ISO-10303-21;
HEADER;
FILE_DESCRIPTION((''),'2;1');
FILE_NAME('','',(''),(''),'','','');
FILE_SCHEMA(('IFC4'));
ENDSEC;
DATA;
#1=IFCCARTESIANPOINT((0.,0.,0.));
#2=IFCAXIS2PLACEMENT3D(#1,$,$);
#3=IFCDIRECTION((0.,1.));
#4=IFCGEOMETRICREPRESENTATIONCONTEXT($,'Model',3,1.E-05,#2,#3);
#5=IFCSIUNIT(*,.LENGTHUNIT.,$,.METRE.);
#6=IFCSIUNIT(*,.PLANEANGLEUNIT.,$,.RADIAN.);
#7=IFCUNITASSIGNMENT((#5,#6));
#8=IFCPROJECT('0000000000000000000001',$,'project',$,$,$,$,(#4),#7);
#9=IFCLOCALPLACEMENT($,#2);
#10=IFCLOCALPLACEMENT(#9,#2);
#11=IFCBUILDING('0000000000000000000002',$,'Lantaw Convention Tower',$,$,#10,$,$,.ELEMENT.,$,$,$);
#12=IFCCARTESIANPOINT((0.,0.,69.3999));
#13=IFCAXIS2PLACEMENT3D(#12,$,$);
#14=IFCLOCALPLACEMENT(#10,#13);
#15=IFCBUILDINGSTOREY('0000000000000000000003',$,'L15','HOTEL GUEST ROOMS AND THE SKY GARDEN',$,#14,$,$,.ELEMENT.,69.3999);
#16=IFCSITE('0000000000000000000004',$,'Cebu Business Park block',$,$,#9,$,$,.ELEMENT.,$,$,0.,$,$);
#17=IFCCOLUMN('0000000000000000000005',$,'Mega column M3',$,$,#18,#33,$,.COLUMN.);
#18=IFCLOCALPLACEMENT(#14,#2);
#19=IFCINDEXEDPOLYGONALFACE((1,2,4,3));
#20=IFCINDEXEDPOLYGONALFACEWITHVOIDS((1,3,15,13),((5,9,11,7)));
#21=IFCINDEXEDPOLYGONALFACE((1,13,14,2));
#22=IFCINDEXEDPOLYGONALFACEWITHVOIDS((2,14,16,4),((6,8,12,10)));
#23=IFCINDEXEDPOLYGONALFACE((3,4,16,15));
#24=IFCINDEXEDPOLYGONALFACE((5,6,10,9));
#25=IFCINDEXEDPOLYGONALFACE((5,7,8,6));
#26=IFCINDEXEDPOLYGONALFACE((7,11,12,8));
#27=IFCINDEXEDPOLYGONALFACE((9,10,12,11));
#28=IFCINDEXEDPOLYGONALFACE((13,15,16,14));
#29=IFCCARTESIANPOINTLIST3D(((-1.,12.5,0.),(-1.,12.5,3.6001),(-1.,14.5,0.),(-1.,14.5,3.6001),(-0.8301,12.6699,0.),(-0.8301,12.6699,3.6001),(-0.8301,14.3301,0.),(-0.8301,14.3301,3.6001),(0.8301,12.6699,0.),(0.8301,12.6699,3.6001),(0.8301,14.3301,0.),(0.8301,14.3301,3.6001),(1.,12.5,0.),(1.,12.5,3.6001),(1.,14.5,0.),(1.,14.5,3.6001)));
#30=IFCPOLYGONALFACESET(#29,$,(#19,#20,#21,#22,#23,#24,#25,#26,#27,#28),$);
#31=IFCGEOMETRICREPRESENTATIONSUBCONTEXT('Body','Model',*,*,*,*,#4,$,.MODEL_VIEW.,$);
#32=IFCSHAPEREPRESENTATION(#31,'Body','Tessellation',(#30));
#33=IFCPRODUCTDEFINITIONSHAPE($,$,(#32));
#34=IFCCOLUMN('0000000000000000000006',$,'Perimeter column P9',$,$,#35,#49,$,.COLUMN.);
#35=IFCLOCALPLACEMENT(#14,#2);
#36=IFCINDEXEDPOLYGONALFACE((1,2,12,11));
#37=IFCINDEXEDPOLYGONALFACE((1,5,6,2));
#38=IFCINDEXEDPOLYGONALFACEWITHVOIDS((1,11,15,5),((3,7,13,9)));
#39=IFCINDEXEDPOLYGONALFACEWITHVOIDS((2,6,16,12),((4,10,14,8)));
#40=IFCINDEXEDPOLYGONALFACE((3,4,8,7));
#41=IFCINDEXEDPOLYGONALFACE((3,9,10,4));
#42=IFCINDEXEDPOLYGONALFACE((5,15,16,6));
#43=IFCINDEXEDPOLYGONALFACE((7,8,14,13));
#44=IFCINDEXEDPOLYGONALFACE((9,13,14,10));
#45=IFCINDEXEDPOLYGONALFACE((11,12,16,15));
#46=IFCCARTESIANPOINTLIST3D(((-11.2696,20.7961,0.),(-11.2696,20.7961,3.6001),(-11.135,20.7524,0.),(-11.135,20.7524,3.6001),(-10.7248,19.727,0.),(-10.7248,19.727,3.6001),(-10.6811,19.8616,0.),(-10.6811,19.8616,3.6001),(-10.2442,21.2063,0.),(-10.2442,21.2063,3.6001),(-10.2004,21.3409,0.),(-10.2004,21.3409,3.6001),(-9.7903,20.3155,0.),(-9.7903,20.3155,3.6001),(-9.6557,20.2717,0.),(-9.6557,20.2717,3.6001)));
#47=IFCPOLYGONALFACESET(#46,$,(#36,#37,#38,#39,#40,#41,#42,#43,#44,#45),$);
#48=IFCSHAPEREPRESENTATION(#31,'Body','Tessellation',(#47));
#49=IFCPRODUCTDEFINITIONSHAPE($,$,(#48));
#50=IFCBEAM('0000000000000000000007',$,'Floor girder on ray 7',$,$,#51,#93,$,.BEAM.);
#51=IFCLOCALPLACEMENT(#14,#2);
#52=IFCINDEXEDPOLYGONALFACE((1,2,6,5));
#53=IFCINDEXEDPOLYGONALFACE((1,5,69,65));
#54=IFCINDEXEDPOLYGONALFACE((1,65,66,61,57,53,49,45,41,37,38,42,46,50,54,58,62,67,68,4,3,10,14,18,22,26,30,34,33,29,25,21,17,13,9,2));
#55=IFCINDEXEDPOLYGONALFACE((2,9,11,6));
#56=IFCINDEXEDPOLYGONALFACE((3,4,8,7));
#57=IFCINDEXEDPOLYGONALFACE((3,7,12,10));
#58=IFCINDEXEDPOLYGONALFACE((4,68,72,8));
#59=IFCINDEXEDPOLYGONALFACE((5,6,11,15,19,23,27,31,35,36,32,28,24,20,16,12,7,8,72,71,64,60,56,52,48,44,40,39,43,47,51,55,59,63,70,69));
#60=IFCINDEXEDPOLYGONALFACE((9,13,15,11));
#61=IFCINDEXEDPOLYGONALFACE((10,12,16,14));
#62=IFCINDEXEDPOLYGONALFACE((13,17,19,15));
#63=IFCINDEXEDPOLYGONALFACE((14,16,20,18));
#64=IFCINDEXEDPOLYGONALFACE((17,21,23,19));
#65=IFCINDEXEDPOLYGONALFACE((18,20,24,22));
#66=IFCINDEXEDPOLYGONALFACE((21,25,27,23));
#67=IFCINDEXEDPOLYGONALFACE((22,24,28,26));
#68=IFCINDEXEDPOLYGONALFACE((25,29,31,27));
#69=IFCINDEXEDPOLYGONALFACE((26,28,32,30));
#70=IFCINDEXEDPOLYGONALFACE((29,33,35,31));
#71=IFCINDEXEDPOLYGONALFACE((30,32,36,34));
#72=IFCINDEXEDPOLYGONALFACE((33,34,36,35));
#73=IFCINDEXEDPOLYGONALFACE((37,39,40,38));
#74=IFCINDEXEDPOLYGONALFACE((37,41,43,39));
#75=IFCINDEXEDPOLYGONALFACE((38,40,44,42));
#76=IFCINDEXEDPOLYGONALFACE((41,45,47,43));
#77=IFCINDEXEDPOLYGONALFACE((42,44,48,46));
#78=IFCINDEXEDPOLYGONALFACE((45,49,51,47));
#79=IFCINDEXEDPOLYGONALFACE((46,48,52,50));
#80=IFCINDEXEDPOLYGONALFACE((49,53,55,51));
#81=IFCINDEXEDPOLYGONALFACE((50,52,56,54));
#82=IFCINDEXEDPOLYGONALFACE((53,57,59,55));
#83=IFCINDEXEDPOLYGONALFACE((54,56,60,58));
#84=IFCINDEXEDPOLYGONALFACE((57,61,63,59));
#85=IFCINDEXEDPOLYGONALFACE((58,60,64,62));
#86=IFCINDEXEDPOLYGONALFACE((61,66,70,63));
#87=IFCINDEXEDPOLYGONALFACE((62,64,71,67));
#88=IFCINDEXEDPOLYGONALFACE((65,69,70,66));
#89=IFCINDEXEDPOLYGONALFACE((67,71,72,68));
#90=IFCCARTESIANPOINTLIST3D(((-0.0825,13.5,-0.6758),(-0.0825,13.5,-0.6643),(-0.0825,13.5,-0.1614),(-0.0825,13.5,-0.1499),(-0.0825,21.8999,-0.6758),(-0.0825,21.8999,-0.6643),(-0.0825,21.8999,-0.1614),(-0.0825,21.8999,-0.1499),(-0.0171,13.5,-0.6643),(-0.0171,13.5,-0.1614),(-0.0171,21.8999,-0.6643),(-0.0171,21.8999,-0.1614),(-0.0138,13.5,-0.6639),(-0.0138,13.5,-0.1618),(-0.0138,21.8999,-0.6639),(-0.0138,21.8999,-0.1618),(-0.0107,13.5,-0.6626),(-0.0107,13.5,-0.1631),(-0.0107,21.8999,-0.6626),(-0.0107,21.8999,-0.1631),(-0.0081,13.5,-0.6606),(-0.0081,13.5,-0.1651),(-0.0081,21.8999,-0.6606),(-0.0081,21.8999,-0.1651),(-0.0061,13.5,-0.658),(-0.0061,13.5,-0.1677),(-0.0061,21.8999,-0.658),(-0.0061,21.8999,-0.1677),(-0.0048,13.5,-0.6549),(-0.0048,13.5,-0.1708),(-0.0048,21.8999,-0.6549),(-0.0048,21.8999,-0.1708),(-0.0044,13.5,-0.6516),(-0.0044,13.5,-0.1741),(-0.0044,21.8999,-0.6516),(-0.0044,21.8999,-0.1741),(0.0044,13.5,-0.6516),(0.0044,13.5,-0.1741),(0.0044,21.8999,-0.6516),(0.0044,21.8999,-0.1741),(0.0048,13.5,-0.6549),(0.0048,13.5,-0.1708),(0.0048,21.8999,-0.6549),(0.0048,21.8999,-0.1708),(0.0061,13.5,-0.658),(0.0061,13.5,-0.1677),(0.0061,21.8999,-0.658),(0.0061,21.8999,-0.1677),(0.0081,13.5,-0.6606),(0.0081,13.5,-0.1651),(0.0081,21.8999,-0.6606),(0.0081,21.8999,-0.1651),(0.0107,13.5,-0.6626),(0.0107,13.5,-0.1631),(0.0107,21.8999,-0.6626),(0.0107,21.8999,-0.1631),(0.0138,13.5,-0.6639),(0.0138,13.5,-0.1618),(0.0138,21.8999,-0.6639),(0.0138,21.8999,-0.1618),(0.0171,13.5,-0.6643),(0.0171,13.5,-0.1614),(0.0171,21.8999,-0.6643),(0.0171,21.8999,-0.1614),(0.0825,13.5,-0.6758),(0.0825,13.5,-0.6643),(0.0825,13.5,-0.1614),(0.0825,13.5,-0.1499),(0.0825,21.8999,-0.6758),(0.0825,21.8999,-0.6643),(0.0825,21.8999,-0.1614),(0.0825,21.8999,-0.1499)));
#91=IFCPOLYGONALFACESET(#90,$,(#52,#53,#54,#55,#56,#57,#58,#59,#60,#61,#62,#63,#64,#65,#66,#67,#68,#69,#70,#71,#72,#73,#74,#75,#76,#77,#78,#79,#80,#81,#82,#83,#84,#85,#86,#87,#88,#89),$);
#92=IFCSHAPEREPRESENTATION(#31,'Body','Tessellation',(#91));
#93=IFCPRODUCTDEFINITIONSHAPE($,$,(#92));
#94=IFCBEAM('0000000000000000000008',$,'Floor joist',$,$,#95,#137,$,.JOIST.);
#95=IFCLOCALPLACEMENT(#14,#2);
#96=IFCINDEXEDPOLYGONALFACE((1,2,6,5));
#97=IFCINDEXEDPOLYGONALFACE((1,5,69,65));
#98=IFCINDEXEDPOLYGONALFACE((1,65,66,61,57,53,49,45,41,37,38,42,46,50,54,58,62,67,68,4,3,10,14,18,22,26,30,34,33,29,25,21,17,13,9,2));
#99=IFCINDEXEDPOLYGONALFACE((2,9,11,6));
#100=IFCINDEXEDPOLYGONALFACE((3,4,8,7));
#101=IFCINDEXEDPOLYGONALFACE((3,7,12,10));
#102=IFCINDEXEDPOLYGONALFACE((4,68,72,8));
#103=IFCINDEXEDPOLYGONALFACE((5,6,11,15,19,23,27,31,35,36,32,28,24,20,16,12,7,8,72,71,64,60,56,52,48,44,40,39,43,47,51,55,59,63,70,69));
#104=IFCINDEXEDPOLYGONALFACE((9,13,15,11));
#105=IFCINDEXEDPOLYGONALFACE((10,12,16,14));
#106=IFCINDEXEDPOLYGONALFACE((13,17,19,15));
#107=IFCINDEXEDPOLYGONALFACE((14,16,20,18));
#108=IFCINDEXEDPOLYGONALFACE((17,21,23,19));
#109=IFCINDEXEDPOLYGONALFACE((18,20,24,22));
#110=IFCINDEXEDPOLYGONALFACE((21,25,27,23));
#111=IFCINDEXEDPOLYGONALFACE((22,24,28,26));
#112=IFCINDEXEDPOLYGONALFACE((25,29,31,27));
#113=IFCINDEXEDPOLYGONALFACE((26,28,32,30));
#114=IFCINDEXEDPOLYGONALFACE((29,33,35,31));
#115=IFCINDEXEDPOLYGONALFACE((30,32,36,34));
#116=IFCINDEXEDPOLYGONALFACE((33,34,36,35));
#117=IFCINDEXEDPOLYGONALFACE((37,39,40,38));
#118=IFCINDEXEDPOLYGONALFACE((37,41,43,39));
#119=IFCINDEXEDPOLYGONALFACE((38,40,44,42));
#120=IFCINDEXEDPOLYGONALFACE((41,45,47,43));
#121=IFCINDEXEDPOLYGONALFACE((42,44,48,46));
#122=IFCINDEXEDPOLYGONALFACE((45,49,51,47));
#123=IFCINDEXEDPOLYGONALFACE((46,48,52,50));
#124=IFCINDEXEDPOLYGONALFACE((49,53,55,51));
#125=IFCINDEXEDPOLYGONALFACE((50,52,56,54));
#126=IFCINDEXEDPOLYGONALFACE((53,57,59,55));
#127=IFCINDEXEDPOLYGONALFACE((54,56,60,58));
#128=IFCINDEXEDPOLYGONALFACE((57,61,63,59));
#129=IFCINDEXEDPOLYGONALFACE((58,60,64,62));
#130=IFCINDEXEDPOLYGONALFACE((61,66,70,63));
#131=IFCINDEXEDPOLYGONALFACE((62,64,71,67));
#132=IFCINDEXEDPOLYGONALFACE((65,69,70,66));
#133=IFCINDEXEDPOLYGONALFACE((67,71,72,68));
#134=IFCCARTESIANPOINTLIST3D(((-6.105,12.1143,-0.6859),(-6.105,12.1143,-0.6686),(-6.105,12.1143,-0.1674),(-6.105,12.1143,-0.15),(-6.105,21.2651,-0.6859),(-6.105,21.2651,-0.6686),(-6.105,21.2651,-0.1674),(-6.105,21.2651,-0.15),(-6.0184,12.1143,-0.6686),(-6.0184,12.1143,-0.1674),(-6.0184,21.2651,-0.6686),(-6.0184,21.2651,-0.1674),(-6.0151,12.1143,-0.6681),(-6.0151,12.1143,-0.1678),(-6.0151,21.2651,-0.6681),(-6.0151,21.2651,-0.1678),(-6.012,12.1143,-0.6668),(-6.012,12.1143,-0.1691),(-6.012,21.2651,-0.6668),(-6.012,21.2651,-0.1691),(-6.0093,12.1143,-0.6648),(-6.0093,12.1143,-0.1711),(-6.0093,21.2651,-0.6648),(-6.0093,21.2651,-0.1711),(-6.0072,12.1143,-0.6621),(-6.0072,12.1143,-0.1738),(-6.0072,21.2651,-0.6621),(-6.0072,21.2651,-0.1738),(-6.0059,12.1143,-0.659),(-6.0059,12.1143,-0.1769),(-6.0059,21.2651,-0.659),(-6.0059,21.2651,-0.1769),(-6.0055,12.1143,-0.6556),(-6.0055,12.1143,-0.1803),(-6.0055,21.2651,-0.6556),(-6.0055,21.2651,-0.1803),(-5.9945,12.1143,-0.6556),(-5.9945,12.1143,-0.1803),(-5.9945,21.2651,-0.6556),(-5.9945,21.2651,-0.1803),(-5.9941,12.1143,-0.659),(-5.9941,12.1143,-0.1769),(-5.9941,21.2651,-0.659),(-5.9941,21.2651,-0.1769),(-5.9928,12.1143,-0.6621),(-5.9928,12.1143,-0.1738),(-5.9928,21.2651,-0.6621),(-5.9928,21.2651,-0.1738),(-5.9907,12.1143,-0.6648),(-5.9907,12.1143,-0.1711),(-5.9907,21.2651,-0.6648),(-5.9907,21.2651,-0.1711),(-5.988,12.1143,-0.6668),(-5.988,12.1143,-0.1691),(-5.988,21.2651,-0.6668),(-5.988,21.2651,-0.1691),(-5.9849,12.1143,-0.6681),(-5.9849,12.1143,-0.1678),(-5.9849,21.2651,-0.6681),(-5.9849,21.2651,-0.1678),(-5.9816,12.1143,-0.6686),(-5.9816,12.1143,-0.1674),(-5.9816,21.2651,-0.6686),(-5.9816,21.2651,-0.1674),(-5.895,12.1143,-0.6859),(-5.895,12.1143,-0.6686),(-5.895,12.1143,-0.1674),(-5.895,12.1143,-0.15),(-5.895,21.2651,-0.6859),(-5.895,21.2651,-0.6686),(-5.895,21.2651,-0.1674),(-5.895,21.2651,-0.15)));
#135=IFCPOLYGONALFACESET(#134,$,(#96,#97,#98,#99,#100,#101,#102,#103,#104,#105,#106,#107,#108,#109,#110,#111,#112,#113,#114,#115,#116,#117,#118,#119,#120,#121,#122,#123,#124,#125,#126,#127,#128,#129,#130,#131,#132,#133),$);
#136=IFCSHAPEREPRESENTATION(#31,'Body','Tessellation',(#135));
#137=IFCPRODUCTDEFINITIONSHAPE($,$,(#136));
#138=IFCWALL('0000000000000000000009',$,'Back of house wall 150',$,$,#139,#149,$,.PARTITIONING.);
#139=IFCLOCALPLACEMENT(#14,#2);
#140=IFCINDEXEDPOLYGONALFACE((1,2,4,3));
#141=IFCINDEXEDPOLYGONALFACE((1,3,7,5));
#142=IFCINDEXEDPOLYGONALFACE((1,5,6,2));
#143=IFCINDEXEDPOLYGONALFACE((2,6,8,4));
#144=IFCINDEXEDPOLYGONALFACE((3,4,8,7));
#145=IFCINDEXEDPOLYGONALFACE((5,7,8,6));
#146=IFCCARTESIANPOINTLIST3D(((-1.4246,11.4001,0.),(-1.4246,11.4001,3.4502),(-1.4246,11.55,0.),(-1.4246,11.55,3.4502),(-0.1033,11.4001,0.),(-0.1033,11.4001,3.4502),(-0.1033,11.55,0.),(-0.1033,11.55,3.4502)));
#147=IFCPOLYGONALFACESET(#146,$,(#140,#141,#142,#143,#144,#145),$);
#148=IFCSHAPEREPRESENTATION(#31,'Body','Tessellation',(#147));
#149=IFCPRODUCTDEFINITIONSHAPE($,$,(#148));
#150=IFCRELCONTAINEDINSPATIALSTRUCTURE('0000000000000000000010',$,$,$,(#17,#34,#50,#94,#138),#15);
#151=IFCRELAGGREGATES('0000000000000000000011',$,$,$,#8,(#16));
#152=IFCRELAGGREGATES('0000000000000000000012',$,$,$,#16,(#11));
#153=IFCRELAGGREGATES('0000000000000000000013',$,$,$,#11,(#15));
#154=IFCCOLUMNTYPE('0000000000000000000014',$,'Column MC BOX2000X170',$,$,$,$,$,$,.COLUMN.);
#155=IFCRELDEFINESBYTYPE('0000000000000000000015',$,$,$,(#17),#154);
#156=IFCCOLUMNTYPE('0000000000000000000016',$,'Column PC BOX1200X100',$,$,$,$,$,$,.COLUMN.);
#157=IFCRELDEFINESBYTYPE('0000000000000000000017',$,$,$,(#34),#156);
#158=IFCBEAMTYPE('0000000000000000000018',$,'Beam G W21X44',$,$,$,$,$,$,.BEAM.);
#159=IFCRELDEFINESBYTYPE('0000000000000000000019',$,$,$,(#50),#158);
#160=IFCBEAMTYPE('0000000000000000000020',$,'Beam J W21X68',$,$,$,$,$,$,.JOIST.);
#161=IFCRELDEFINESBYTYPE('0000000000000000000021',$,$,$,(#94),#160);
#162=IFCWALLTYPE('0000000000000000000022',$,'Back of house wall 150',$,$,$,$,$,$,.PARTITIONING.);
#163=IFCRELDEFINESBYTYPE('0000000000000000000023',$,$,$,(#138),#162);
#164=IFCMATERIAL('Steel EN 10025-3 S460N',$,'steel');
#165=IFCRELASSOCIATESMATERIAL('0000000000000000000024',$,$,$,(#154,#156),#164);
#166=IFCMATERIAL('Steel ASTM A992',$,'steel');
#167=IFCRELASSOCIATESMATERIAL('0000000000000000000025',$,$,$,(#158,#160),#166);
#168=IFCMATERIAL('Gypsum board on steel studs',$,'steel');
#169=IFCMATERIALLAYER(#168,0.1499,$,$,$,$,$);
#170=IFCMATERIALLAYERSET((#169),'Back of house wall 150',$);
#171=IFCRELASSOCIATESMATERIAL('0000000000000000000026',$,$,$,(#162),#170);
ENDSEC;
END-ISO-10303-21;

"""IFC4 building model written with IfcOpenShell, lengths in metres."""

from ifc_helpers import new_model, si_unit, direction, frame, frame_2d, origin, origin_2d, place, context, subcontext, project, spatial, rectangle, hollow_rectangle, i_section, extrude, material, layer, layer_set, material_profile, profile_set, type_object, element, save


model = new_model("IFC4")

# Units and contexts
model_context = context("Model", 3, precision=1e-05, world=origin(), true_north=direction((0.0, 1.0)))
body_context = subcontext(model_context, "Body", "Model", "MODEL_VIEW")
ifc_project = project(units=[si_unit("LENGTHUNIT", "METRE"), si_unit("PLANEANGLEUNIT", "RADIAN")], contexts=[model_context])

# Site, building, storey
site_placement = place(None, origin())
site = spatial("IfcSite", under=ifc_project, at=site_placement, Name="Cebu Business Park block", CompositionType="ELEMENT", RefElevation=0.0)
building_placement = place(site_placement, origin())
building = spatial("IfcBuilding", under=site, at=building_placement, Name="Lantaw Convention Tower", CompositionType="ELEMENT")
storey_placement = place(building_placement, frame((0.0, 0.0, 69.3999)))
storey = spatial("IfcBuildingStorey", under=building, at=storey_placement, Name="L15", Description="HOTEL GUEST ROOMS AND THE SKY GARDEN", CompositionType="ELEMENT", Elevation=69.3999)

# Columns
ifc_material_1 = material(Name="Steel EN 10025-3 S460N", Category="steel")
ifc_material_profile_1 = material_profile(ifc_material_1, hollow_rectangle(XDim=2.0, YDim=2.0, WallThickness=0.1699, at=origin_2d()), Name="BOX2000X170")
ifc_material_2 = material(Name="Concrete C60/75", Category="concrete")
ifc_material_profile_2 = material_profile(ifc_material_2, rectangle(XDim=1.6599, YDim=1.6599, at=origin_2d()), Name="Concrete fill of BOX2000X170")
ifc_profile_set_1 = profile_set([ifc_material_profile_1, ifc_material_profile_2], Name="Steel EN 10025-3 S460N")
column_type_1 = type_object("IfcColumnType", Name="Column MC BOX2000X170", PredefinedType="COLUMN", material=ifc_profile_set_1)
column_1_placement = place(storey_placement, frame((0.0, 13.5, 0.0), z_axis=(0.0, 0.0, 1.0), x_axis=(1.0, 0.0, 0.0)))
element("IfcColumn", 1, at=column_1_placement, inside=storey, type_object=column_type_1, Name="Mega column M3", PredefinedType="COLUMN", context=body_context, shape_type="SweptSolid", body=[
    extrude(hollow_rectangle(XDim=2.0, YDim=2.0, WallThickness=0.1699, at=origin_2d()), origin(), (0.0, 0.0, 1.0), 3.6001),
])
ifc_material_profile_3 = material_profile(ifc_material_1, hollow_rectangle(XDim=1.2, YDim=1.2, WallThickness=0.1001, at=origin_2d()), Name="BOX1200X100")
ifc_material_profile_4 = material_profile(ifc_material_2, rectangle(XDim=1.0, YDim=1.0, at=origin_2d()), Name="Concrete fill of BOX1200X100")
ifc_profile_set_2 = profile_set([ifc_material_profile_3, ifc_material_profile_4], Name="Steel EN 10025-3 S460N")
column_type_2 = type_object("IfcColumnType", Name="Column PC BOX1200X100", PredefinedType="COLUMN", material=ifc_profile_set_2)
column_2_placement = place(storey_placement, frame((-10.4626, 20.5339, 0.0), z_axis=(0.0, 0.0, 1.0), x_axis=(0.891007, 0.45399, 0.0)))
element("IfcColumn", 2, at=column_2_placement, inside=storey, type_object=column_type_2, Name="Perimeter column P9", PredefinedType="COLUMN", context=body_context, shape_type="SweptSolid", body=[
    extrude(hollow_rectangle(XDim=1.2, YDim=1.2, WallThickness=0.1001, at=origin_2d()), origin(), (0.0, 0.0, 1.0), 3.6001),
])

# Beams
ifc_material_3 = material(Name="Steel ASTM A992", Category="steel")
ifc_material_profile_5 = material_profile(ifc_material_3, i_section(OverallWidth=0.165, OverallDepth=0.5259, WebThickness=0.0088, FlangeThickness=0.0115, FilletRadius=0.0127, at=origin_2d()), Name="W21X44")
ifc_profile_set_3 = profile_set([ifc_material_profile_5], Name="Steel ASTM A992")
beam_type_1 = type_object("IfcBeamType", Name="Beam G W21X44", PredefinedType="BEAM", material=ifc_profile_set_3)
beam_1_placement = place(storey_placement, frame((0.0, 13.5, -0.4128), z_axis=(0.0, 1.0, 0.0), x_axis=(-1.0, 0.0, 0.0)))
element("IfcBeam", 3, at=beam_1_placement, inside=storey, type_object=beam_type_1, Name="Floor girder on ray 7", PredefinedType="BEAM", context=body_context, shape_type="SweptSolid", body=[
    extrude(i_section(OverallWidth=0.165, OverallDepth=0.5259, WebThickness=0.0088, FlangeThickness=0.0115, FilletRadius=0.0127, at=origin_2d()), origin(), (0.0, 0.0, 1.0), 8.3999),
])
ifc_material_profile_6 = material_profile(ifc_material_3, i_section(OverallWidth=0.21, OverallDepth=0.5359, WebThickness=0.011, FlangeThickness=0.0173, FilletRadius=0.0129, at=origin_2d()), Name="W21X68")
ifc_profile_set_4 = profile_set([ifc_material_profile_6], Name="Steel ASTM A992")
beam_type_2 = type_object("IfcBeamType", Name="Beam J W21X68", PredefinedType="JOIST", material=ifc_profile_set_4)
beam_2_placement = place(storey_placement, frame((-6.0, 12.1143, -0.418), z_axis=(0.0, 1.0, 0.0), x_axis=(-1.0, 0.0, 0.0)))
element("IfcBeam", 4, at=beam_2_placement, inside=storey, type_object=beam_type_2, Name="Floor joist", PredefinedType="JOIST", context=body_context, shape_type="SweptSolid", body=[
    extrude(i_section(OverallWidth=0.21, OverallDepth=0.5359, WebThickness=0.011, FlangeThickness=0.0173, FilletRadius=0.0129, at=origin_2d()), origin(), (0.0, 0.0, 1.0), 9.1509),
])

# Wall
ifc_material_4 = material(Name="Gypsum board on steel studs", Category="steel")
ifc_layer_1 = layer(ifc_material_4, 0.1499)
ifc_layer_set_1 = layer_set([ifc_layer_1], Name="Back of house wall 150")
wall_type_1 = type_object("IfcWallType", Name="Back of house wall 150", PredefinedType="PARTITIONING", material=ifc_layer_set_1)
wall_1_placement = place(storey_placement, frame((-0.1033, 11.4751, 0.0), z_axis=(0.0, 0.0, 1.0), x_axis=(-1.0, 0.0, 0.0)))
element("IfcWall", 5, at=wall_1_placement, inside=storey, type_object=wall_type_1, Name="Back of house wall 150", PredefinedType="PARTITIONING", context=body_context, shape_type="SweptSolid", body=[
    extrude(rectangle(XDim=1.3213, YDim=0.1499, at=frame_2d((0.6606, 0.0))), origin(), (0.0, 0.0, 1.0), 3.4502),
])

save(model, "model.ifc")
